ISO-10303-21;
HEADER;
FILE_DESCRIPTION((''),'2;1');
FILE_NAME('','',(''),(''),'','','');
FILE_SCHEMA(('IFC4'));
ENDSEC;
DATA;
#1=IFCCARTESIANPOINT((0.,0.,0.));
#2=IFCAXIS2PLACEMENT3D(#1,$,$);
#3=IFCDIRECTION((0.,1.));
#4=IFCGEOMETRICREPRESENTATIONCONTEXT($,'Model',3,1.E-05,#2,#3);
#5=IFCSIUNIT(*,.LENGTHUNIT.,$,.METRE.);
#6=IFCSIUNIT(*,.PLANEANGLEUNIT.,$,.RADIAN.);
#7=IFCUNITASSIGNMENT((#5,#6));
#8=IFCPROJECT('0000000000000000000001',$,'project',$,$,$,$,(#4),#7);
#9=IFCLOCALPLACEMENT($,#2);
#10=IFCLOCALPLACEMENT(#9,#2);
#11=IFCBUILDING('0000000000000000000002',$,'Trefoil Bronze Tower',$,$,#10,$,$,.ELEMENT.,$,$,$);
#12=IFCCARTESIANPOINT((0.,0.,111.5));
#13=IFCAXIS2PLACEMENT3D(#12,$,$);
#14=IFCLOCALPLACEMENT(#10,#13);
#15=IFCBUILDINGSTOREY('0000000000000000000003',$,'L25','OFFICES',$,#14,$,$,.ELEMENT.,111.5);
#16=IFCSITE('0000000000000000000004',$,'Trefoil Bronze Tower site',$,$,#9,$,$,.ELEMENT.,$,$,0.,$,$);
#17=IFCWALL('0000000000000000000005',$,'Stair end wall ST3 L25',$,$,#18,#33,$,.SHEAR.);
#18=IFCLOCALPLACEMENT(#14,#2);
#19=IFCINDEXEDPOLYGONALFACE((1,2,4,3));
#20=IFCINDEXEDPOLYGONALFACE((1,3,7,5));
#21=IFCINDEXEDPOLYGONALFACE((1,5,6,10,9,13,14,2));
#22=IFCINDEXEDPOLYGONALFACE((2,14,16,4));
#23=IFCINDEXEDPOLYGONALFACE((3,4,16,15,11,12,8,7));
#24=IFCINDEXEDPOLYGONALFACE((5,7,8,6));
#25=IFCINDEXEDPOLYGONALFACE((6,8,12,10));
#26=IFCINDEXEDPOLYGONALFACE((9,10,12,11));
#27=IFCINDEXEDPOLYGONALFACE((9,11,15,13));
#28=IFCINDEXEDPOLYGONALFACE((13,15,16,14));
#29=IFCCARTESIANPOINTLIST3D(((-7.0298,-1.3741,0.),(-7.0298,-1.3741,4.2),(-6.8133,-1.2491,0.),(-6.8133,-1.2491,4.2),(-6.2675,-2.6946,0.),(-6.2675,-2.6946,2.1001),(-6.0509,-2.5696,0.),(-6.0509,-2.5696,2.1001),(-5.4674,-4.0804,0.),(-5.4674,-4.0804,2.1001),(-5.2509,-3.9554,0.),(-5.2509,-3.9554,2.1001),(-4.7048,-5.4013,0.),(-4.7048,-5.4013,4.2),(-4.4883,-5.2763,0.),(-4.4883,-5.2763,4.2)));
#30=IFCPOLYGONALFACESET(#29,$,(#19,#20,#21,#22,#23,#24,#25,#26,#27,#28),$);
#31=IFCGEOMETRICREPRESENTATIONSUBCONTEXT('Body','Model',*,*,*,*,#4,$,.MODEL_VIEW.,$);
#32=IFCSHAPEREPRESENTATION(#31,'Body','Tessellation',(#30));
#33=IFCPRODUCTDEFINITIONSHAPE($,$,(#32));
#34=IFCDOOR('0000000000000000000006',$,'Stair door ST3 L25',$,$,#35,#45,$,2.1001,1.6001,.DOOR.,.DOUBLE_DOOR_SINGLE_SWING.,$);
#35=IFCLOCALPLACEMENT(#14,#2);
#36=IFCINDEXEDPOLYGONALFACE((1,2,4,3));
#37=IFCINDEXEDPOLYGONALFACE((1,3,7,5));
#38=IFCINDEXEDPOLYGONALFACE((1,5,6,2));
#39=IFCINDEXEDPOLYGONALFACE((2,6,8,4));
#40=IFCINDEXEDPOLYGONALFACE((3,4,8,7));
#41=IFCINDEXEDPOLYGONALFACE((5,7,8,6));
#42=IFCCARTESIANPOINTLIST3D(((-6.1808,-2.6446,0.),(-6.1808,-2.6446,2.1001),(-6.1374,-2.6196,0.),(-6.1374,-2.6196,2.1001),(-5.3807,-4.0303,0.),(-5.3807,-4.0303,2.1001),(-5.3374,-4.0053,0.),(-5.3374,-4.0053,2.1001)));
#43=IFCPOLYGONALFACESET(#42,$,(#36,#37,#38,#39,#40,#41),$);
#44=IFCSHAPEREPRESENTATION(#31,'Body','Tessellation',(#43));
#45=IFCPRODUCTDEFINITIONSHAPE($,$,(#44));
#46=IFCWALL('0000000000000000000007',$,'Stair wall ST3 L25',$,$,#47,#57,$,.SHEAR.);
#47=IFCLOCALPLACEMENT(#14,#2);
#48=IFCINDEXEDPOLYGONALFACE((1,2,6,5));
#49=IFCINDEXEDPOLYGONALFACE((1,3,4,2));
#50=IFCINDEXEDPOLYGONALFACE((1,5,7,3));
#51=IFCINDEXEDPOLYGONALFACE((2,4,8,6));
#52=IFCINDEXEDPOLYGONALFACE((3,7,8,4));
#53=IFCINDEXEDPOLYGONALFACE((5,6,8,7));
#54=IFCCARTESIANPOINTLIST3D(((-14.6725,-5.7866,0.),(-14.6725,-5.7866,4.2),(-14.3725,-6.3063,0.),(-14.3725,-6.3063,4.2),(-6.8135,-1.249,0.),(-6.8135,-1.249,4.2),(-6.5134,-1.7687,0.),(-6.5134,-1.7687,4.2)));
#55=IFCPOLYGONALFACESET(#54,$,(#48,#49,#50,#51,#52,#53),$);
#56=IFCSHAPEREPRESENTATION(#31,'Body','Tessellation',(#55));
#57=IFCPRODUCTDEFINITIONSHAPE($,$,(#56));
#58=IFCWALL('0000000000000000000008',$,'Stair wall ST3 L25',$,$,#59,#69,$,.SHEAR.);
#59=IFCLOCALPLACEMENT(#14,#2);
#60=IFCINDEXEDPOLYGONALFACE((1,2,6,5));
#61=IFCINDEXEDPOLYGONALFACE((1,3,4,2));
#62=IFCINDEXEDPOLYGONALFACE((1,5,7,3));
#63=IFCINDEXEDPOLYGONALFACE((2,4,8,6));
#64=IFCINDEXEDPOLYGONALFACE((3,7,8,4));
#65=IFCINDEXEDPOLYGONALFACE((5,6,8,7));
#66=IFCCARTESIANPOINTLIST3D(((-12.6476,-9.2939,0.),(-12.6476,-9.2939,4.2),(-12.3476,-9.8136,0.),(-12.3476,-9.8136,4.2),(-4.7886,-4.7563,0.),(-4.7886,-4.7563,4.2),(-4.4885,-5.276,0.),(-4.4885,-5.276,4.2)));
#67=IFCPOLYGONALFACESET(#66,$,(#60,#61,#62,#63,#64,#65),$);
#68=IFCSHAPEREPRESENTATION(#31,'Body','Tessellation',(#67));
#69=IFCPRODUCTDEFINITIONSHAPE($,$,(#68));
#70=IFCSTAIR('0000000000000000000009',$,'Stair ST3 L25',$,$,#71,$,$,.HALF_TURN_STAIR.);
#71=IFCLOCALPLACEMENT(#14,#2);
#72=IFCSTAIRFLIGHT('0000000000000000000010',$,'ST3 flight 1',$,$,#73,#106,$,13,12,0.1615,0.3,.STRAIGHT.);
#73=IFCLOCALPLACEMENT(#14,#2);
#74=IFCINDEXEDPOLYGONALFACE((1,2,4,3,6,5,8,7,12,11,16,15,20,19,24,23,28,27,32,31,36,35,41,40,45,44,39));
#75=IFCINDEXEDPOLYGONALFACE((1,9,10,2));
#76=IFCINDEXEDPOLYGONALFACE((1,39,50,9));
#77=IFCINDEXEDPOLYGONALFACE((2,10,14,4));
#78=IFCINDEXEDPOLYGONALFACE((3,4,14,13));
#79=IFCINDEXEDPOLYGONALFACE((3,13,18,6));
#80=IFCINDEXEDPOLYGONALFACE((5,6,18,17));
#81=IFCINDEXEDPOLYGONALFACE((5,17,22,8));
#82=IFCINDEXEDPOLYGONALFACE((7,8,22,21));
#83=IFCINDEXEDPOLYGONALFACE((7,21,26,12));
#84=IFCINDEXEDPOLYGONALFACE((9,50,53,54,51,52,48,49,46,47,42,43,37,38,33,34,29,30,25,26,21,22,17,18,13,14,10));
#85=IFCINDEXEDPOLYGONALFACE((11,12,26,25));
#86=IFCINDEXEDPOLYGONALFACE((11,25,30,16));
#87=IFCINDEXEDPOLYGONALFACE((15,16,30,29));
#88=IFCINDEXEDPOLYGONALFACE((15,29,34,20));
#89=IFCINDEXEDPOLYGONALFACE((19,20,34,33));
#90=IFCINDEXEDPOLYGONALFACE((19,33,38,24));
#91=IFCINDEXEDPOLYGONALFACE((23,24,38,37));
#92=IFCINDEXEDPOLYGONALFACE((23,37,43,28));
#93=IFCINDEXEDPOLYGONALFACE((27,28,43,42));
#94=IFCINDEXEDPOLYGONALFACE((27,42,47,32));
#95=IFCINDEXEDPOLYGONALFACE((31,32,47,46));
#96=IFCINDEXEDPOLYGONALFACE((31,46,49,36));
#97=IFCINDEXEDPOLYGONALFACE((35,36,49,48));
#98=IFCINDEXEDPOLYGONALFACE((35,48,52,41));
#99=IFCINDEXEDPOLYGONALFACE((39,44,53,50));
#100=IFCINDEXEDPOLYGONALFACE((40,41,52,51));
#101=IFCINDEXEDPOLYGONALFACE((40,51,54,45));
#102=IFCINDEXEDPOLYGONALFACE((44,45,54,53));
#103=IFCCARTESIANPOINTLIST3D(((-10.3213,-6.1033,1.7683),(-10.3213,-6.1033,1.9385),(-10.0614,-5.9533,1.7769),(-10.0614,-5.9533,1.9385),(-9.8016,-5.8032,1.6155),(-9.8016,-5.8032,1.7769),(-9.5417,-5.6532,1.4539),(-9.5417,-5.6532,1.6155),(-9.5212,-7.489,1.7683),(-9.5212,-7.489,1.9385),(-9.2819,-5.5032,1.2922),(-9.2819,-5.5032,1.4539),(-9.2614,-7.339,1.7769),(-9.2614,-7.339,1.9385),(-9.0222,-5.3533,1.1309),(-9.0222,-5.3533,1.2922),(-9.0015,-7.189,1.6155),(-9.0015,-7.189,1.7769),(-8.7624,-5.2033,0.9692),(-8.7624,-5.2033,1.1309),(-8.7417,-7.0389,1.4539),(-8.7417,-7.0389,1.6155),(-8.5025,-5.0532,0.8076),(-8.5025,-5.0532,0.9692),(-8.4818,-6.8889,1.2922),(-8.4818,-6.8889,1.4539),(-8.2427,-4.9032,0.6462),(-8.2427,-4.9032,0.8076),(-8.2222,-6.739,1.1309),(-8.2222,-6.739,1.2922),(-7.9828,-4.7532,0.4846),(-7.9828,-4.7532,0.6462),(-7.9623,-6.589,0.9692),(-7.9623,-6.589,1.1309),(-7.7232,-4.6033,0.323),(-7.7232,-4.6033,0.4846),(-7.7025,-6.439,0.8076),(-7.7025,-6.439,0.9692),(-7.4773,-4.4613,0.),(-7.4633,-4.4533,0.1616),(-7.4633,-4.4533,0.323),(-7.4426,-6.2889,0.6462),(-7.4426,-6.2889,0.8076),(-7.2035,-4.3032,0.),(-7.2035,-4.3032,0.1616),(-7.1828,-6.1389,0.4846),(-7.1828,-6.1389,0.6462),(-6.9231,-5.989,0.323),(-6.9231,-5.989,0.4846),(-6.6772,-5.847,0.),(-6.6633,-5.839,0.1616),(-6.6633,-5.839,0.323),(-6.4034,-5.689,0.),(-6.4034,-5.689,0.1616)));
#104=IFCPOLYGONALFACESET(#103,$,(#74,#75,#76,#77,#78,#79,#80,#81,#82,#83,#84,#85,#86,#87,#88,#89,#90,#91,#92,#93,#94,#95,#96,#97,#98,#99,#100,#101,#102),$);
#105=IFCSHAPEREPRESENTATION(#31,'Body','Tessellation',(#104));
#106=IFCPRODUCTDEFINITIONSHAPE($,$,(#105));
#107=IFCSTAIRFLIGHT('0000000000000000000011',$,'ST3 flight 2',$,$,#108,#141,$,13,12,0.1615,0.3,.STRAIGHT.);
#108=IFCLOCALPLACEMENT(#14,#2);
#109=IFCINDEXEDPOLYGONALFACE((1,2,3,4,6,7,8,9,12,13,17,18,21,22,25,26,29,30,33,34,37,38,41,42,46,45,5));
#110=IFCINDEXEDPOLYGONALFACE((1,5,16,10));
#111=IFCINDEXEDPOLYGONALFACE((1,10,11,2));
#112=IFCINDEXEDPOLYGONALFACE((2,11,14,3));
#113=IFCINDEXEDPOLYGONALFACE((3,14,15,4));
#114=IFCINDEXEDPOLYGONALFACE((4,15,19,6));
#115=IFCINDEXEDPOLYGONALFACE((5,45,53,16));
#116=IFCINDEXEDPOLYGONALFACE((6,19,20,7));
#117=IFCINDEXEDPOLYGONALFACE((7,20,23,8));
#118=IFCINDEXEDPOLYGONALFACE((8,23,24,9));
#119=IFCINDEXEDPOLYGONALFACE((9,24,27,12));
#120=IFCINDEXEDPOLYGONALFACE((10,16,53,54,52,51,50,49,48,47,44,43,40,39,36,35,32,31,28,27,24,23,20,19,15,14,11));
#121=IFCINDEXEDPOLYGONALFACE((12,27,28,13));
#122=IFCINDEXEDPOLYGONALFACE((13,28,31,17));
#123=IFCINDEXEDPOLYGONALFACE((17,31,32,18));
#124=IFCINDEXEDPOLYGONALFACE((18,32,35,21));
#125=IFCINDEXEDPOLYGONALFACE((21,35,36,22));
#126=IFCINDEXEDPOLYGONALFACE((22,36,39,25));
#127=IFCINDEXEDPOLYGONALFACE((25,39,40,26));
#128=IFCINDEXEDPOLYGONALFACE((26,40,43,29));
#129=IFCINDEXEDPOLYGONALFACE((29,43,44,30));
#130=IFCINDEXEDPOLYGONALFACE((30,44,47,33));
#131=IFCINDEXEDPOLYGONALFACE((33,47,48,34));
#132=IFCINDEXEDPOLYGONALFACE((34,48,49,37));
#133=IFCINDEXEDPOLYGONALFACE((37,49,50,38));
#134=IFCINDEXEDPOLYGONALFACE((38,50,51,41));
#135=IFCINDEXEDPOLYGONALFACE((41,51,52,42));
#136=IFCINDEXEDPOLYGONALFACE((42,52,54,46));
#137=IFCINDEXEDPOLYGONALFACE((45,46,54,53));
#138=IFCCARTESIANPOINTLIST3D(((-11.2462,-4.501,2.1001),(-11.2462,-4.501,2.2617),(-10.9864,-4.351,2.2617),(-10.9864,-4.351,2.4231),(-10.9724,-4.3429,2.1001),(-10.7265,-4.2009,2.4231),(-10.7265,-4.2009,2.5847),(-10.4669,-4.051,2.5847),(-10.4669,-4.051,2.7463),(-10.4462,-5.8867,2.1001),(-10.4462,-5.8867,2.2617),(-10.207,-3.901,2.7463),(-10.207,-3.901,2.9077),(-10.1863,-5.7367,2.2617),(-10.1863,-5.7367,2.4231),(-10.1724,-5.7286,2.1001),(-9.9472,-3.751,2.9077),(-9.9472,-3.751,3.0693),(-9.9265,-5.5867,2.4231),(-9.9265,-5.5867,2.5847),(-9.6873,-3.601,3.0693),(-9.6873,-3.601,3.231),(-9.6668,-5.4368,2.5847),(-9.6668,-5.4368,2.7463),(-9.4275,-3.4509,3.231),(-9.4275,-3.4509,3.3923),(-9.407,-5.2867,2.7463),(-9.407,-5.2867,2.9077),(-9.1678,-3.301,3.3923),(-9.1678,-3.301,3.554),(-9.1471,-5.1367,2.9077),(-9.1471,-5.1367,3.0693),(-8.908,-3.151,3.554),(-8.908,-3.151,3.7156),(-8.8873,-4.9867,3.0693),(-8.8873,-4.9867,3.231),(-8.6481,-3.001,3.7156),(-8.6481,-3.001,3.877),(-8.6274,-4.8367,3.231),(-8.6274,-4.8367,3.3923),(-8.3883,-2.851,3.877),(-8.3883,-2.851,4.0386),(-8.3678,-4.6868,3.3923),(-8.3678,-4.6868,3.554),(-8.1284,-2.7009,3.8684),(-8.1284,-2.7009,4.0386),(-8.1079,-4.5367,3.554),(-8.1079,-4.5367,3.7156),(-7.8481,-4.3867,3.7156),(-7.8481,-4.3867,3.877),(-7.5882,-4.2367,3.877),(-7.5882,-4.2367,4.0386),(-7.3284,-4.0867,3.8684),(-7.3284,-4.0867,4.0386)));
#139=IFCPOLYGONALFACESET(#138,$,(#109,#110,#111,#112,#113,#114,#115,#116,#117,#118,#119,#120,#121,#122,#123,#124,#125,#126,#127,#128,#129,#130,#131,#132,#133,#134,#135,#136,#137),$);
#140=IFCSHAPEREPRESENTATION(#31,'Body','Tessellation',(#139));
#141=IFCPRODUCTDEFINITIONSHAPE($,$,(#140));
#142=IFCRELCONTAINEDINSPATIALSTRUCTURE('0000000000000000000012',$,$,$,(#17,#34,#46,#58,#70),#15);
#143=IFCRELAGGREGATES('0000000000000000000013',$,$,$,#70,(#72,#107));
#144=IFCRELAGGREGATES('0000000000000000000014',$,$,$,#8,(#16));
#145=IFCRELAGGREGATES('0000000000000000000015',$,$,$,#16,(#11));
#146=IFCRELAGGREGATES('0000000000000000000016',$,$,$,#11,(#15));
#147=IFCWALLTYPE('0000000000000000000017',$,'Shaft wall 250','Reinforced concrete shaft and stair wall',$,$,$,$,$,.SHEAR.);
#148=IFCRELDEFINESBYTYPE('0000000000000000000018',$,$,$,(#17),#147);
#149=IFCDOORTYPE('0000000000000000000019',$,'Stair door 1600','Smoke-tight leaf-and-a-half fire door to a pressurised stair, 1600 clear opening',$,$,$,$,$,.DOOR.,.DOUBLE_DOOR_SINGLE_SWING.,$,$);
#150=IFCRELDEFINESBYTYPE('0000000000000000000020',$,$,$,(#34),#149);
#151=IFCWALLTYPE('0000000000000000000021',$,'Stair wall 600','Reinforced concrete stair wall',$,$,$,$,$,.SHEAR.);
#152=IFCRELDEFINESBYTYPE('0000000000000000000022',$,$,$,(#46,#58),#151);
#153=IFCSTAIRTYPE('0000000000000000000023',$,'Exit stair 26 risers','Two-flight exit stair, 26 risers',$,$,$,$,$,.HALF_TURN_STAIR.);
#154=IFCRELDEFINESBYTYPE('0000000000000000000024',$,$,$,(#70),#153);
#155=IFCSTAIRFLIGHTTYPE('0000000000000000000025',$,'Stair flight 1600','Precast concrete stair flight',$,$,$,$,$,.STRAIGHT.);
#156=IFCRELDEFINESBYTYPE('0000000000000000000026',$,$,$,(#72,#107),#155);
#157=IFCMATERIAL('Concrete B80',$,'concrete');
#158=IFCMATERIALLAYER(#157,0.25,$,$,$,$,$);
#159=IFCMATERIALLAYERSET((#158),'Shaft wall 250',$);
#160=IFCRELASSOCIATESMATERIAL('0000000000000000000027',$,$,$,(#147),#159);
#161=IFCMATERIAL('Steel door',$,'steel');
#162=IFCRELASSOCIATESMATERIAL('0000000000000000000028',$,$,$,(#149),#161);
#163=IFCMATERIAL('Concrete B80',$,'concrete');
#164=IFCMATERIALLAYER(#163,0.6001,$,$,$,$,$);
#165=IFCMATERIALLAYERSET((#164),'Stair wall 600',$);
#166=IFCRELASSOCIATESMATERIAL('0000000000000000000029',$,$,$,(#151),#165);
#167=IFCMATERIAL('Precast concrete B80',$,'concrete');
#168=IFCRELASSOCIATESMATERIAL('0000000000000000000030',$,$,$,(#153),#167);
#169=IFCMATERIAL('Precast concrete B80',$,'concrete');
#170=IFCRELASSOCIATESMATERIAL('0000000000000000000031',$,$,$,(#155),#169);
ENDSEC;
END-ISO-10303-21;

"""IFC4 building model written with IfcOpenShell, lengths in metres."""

from ifc_helpers import new_model, si_unit, direction, frame, frame_2d, origin, place, context, subcontext, project, spatial, polyline, rectangle, outline, extrude, material, layer, layer_set, type_object, element, fill, aggregate, save


model = new_model("IFC4")

# Units and contexts
model_context = context("Model", 3, precision=1e-05, world=origin(), true_north=direction((0.0, 1.0)))
body_context = subcontext(model_context, "Body", "Model", "MODEL_VIEW")
ifc_project = project(units=[si_unit("LENGTHUNIT", "METRE"), si_unit("PLANEANGLEUNIT", "RADIAN")], contexts=[model_context])

# Site, building, storey
site_placement = place(None, origin())
site = spatial("IfcSite", under=ifc_project, at=site_placement, Name="Trefoil Bronze Tower site", CompositionType="ELEMENT", RefElevation=0.0)
building_placement = place(site_placement, origin())
building = spatial("IfcBuilding", under=site, at=building_placement, Name="Trefoil Bronze Tower", CompositionType="ELEMENT")
storey_placement = place(building_placement, frame((0.0, 0.0, 111.5)))
storey = spatial("IfcBuildingStorey", under=building, at=storey_placement, Name="L25", Description="OFFICES", CompositionType="ELEMENT", Elevation=111.5)

# Wall, opening, door
ifc_material_1 = material(Name="Concrete B80", Category="concrete")
ifc_layer_1 = layer(ifc_material_1, 0.25)
ifc_layer_set_1 = layer_set([ifc_layer_1], Name="Shaft wall 250")
wall_type_1 = type_object("IfcWallType", Name="Shaft wall 250", Description="Reinforced concrete shaft and stair wall", PredefinedType="SHEAR", material=ifc_layer_set_1)
wall_1_placement = place(storey_placement, frame((-6.9216, -1.3115, 0.0), z_axis=(0.0, 0.0, 1.0), x_axis=(0.499985, -0.866034, 0.0)))
wall_1 = element("IfcWall", 1, at=wall_1_placement, inside=storey, type_object=wall_type_1, Name="Stair end wall ST3 L25", PredefinedType="SHEAR", context=body_context, shape_type="SweptSolid", body=[
    extrude(rectangle(XDim=4.6501, YDim=0.25, at=frame_2d((2.3252, 0.0))), origin(), (0.0, 0.0, 1.0), 4.2),
])
opening_1_placement = place(wall_1_placement, frame((1.5249, 0.0, 0.0)))
opening_1 = element("IfcOpeningElement", 2, at=opening_1_placement, cuts=wall_1, PredefinedType="OPENING", context=body_context, shape_type="SweptSolid", body=[
    extrude(rectangle(XDim=1.6001, YDim=2.1001, at=frame_2d((0.8, 1.05))), frame((0.0, 0.135, 0.0), z_axis=(0.0, -1.0, 0.0), x_axis=(1.0, 0.0, 0.0)), (0.0, 0.0, 1.0), 0.27),
])
ifc_material_2 = material(Name="Steel door", Category="steel")
door_type_1 = type_object("IfcDoorType", Name="Stair door 1600", Description="Smoke-tight leaf-and-a-half fire door to a pressurised stair, 1600 clear opening", OperationType="DOUBLE_DOOR_SINGLE_SWING", PredefinedType="DOOR", material=ifc_material_2)
door_1_placement = place(opening_1_placement, frame((1.6001, 0.0, 0.0), z_axis=(0.0, 0.0, 1.0), x_axis=(-1.0, 0.0, 0.0)))
door_1 = element("IfcDoor", 3, at=door_1_placement, inside=storey, type_object=door_type_1, Name="Stair door ST3 L25", OperationType="DOUBLE_DOOR_SINGLE_SWING", OverallHeight=2.1001, OverallWidth=1.6001, PredefinedType="DOOR", context=body_context, shape_type="SweptSolid", body=[
    extrude(rectangle(XDim=1.6001, YDim=2.1001, at=frame_2d((0.8, 1.05))), frame((0.0, 0.0249, 0.0), z_axis=(0.0, -1.0, 0.0), x_axis=(1.0, 0.0, 0.0)), (0.0, 0.0, 1.0), 0.05),
])
fill(opening_1, door_1)

# Walls
ifc_material_3 = material(Name="Concrete B80", Category="concrete")
ifc_layer_2 = layer(ifc_material_3, 0.6001)
ifc_layer_set_2 = layer_set([ifc_layer_2], Name="Stair wall 600")
wall_type_2 = type_object("IfcWallType", Name="Stair wall 600", Description="Reinforced concrete stair wall", PredefinedType="SHEAR", material=ifc_layer_set_2)
for number, where, z_axis, x_axis, name in (
    (4, (-6.6633, -1.5088, 0.0), (0.0, 0.0, 1.0), (-0.866019, -0.50001, 0.0), "Stair wall ST3 L25"),
    (5, (-4.6384, -5.0161, 0.0), (0.0, 0.0, 1.0), (-0.866019, -0.50001, 0.0), "Stair wall ST3 L25"),
):
    element("IfcWall", number, at=place(storey_placement, frame(where, z_axis=z_axis, x_axis=x_axis)), inside=storey, type_object=wall_type_2, Name=name, PredefinedType="SHEAR", context=body_context, shape_type="SweptSolid", body=[
        extrude(rectangle(XDim=9.075, YDim=0.6001, at=frame_2d((4.5376, 0.0))), origin(), (0.0, 0.0, 1.0), 4.2),
    ])

# Stair, stair flights
ifc_material_4 = material(Name="Precast concrete B80", Category="concrete")
stair_type = type_object("IfcStairType", Name="Exit stair 26 risers", Description="Two-flight exit stair, 26 risers", PredefinedType="HALF_TURN_STAIR", material=ifc_material_4)
stair_placement = place(storey_placement, origin())
stair = element("IfcStair", 6, at=stair_placement, inside=storey, type_object=stair_type, Name="Stair ST3 L25", PredefinedType="HALF_TURN_STAIR")
ifc_material_5 = material(Name="Precast concrete B80", Category="concrete")
stair_flight_type = type_object("IfcStairFlightType", Name="Stair flight 1600", Description="Precast concrete stair flight", PredefinedType="STRAIGHT", material=ifc_material_5)
stair_flight_1_placement = place(storey_placement, frame((-6.8035, -4.9961, 0.0), z_axis=(0.0, 0.0, 1.0), x_axis=(-0.866025, -0.5, 0.0)))
stair_flight_1 = element("IfcStairFlight", 7, at=stair_flight_1_placement, type_object=stair_flight_type, Name="ST3 flight 1", NumberOfRisers=13, NumberOfTreads=12, PredefinedType="STRAIGHT", RiserHeight=0.1615, TreadLength=0.3, context=body_context, shape_type="SweptSolid", body=[
    extrude(outline(polyline([(0.0, 0.0), (0.0, 0.1616), (0.3, 0.1616), (0.3, 0.323), (0.6001, 0.323), (0.6001, 0.4846), (0.8999, 0.4846), (0.8999, 0.6462), (1.2, 0.6462), (1.2, 0.8076), (1.5, 0.8076), (1.5, 0.9692), (1.8, 0.9692), (1.8, 1.1309), (2.1001, 1.1309), (2.1001, 1.2922), (2.3999, 1.2922), (2.3999, 1.4539), (2.7, 1.4539), (2.7, 1.6155), (3.0, 1.6155), (3.0, 1.7769), (3.3, 1.7769), (3.3, 1.9385), (3.6001, 1.9385), (3.6001, 2.1001), (3.6001, 1.7683), (0.3162, 0.0), (0.0, 0.0)])), frame((0.0, 0.8, 0.0), z_axis=(0.0, -1.0, 0.0), x_axis=(1.0, 0.0, 0.0)), (0.0, 0.0, 1.0), 1.6001),
])
stair_flight_2_placement = place(storey_placement, frame((-10.8462, -5.1938, 2.1001), z_axis=(0.0, 0.0, 1.0), x_axis=(0.866025, 0.5, 0.0)))
stair_flight_2 = element("IfcStairFlight", 8, at=stair_flight_2_placement, type_object=stair_flight_type, Name="ST3 flight 2", NumberOfRisers=13, NumberOfTreads=12, PredefinedType="STRAIGHT", RiserHeight=0.1615, TreadLength=0.3, context=body_context, shape_type="SweptSolid", body=[
    extrude(outline(polyline([(0.0, 0.0), (0.0, 0.1616), (0.3, 0.1616), (0.3, 0.323), (0.6001, 0.323), (0.6001, 0.4846), (0.8999, 0.4846), (0.8999, 0.6462), (1.2, 0.6462), (1.2, 0.8076), (1.5, 0.8076), (1.5, 0.9692), (1.8, 0.9692), (1.8, 1.1309), (2.1001, 1.1309), (2.1001, 1.2922), (2.3999, 1.2922), (2.3999, 1.4539), (2.7, 1.4539), (2.7, 1.6155), (3.0, 1.6155), (3.0, 1.7769), (3.3, 1.7769), (3.3, 1.9385), (3.6001, 1.9385), (3.6001, 2.1001), (3.6001, 1.7683), (0.3162, 0.0), (0.0, 0.0)])), frame((0.0, 0.8, 0.0), z_axis=(0.0, -1.0, 0.0), x_axis=(1.0, 0.0, 0.0)), (0.0, 0.0, 1.0), 1.6001),
])
aggregate(stair, [stair_flight_1, stair_flight_2])

save(model, "model.ifc")
